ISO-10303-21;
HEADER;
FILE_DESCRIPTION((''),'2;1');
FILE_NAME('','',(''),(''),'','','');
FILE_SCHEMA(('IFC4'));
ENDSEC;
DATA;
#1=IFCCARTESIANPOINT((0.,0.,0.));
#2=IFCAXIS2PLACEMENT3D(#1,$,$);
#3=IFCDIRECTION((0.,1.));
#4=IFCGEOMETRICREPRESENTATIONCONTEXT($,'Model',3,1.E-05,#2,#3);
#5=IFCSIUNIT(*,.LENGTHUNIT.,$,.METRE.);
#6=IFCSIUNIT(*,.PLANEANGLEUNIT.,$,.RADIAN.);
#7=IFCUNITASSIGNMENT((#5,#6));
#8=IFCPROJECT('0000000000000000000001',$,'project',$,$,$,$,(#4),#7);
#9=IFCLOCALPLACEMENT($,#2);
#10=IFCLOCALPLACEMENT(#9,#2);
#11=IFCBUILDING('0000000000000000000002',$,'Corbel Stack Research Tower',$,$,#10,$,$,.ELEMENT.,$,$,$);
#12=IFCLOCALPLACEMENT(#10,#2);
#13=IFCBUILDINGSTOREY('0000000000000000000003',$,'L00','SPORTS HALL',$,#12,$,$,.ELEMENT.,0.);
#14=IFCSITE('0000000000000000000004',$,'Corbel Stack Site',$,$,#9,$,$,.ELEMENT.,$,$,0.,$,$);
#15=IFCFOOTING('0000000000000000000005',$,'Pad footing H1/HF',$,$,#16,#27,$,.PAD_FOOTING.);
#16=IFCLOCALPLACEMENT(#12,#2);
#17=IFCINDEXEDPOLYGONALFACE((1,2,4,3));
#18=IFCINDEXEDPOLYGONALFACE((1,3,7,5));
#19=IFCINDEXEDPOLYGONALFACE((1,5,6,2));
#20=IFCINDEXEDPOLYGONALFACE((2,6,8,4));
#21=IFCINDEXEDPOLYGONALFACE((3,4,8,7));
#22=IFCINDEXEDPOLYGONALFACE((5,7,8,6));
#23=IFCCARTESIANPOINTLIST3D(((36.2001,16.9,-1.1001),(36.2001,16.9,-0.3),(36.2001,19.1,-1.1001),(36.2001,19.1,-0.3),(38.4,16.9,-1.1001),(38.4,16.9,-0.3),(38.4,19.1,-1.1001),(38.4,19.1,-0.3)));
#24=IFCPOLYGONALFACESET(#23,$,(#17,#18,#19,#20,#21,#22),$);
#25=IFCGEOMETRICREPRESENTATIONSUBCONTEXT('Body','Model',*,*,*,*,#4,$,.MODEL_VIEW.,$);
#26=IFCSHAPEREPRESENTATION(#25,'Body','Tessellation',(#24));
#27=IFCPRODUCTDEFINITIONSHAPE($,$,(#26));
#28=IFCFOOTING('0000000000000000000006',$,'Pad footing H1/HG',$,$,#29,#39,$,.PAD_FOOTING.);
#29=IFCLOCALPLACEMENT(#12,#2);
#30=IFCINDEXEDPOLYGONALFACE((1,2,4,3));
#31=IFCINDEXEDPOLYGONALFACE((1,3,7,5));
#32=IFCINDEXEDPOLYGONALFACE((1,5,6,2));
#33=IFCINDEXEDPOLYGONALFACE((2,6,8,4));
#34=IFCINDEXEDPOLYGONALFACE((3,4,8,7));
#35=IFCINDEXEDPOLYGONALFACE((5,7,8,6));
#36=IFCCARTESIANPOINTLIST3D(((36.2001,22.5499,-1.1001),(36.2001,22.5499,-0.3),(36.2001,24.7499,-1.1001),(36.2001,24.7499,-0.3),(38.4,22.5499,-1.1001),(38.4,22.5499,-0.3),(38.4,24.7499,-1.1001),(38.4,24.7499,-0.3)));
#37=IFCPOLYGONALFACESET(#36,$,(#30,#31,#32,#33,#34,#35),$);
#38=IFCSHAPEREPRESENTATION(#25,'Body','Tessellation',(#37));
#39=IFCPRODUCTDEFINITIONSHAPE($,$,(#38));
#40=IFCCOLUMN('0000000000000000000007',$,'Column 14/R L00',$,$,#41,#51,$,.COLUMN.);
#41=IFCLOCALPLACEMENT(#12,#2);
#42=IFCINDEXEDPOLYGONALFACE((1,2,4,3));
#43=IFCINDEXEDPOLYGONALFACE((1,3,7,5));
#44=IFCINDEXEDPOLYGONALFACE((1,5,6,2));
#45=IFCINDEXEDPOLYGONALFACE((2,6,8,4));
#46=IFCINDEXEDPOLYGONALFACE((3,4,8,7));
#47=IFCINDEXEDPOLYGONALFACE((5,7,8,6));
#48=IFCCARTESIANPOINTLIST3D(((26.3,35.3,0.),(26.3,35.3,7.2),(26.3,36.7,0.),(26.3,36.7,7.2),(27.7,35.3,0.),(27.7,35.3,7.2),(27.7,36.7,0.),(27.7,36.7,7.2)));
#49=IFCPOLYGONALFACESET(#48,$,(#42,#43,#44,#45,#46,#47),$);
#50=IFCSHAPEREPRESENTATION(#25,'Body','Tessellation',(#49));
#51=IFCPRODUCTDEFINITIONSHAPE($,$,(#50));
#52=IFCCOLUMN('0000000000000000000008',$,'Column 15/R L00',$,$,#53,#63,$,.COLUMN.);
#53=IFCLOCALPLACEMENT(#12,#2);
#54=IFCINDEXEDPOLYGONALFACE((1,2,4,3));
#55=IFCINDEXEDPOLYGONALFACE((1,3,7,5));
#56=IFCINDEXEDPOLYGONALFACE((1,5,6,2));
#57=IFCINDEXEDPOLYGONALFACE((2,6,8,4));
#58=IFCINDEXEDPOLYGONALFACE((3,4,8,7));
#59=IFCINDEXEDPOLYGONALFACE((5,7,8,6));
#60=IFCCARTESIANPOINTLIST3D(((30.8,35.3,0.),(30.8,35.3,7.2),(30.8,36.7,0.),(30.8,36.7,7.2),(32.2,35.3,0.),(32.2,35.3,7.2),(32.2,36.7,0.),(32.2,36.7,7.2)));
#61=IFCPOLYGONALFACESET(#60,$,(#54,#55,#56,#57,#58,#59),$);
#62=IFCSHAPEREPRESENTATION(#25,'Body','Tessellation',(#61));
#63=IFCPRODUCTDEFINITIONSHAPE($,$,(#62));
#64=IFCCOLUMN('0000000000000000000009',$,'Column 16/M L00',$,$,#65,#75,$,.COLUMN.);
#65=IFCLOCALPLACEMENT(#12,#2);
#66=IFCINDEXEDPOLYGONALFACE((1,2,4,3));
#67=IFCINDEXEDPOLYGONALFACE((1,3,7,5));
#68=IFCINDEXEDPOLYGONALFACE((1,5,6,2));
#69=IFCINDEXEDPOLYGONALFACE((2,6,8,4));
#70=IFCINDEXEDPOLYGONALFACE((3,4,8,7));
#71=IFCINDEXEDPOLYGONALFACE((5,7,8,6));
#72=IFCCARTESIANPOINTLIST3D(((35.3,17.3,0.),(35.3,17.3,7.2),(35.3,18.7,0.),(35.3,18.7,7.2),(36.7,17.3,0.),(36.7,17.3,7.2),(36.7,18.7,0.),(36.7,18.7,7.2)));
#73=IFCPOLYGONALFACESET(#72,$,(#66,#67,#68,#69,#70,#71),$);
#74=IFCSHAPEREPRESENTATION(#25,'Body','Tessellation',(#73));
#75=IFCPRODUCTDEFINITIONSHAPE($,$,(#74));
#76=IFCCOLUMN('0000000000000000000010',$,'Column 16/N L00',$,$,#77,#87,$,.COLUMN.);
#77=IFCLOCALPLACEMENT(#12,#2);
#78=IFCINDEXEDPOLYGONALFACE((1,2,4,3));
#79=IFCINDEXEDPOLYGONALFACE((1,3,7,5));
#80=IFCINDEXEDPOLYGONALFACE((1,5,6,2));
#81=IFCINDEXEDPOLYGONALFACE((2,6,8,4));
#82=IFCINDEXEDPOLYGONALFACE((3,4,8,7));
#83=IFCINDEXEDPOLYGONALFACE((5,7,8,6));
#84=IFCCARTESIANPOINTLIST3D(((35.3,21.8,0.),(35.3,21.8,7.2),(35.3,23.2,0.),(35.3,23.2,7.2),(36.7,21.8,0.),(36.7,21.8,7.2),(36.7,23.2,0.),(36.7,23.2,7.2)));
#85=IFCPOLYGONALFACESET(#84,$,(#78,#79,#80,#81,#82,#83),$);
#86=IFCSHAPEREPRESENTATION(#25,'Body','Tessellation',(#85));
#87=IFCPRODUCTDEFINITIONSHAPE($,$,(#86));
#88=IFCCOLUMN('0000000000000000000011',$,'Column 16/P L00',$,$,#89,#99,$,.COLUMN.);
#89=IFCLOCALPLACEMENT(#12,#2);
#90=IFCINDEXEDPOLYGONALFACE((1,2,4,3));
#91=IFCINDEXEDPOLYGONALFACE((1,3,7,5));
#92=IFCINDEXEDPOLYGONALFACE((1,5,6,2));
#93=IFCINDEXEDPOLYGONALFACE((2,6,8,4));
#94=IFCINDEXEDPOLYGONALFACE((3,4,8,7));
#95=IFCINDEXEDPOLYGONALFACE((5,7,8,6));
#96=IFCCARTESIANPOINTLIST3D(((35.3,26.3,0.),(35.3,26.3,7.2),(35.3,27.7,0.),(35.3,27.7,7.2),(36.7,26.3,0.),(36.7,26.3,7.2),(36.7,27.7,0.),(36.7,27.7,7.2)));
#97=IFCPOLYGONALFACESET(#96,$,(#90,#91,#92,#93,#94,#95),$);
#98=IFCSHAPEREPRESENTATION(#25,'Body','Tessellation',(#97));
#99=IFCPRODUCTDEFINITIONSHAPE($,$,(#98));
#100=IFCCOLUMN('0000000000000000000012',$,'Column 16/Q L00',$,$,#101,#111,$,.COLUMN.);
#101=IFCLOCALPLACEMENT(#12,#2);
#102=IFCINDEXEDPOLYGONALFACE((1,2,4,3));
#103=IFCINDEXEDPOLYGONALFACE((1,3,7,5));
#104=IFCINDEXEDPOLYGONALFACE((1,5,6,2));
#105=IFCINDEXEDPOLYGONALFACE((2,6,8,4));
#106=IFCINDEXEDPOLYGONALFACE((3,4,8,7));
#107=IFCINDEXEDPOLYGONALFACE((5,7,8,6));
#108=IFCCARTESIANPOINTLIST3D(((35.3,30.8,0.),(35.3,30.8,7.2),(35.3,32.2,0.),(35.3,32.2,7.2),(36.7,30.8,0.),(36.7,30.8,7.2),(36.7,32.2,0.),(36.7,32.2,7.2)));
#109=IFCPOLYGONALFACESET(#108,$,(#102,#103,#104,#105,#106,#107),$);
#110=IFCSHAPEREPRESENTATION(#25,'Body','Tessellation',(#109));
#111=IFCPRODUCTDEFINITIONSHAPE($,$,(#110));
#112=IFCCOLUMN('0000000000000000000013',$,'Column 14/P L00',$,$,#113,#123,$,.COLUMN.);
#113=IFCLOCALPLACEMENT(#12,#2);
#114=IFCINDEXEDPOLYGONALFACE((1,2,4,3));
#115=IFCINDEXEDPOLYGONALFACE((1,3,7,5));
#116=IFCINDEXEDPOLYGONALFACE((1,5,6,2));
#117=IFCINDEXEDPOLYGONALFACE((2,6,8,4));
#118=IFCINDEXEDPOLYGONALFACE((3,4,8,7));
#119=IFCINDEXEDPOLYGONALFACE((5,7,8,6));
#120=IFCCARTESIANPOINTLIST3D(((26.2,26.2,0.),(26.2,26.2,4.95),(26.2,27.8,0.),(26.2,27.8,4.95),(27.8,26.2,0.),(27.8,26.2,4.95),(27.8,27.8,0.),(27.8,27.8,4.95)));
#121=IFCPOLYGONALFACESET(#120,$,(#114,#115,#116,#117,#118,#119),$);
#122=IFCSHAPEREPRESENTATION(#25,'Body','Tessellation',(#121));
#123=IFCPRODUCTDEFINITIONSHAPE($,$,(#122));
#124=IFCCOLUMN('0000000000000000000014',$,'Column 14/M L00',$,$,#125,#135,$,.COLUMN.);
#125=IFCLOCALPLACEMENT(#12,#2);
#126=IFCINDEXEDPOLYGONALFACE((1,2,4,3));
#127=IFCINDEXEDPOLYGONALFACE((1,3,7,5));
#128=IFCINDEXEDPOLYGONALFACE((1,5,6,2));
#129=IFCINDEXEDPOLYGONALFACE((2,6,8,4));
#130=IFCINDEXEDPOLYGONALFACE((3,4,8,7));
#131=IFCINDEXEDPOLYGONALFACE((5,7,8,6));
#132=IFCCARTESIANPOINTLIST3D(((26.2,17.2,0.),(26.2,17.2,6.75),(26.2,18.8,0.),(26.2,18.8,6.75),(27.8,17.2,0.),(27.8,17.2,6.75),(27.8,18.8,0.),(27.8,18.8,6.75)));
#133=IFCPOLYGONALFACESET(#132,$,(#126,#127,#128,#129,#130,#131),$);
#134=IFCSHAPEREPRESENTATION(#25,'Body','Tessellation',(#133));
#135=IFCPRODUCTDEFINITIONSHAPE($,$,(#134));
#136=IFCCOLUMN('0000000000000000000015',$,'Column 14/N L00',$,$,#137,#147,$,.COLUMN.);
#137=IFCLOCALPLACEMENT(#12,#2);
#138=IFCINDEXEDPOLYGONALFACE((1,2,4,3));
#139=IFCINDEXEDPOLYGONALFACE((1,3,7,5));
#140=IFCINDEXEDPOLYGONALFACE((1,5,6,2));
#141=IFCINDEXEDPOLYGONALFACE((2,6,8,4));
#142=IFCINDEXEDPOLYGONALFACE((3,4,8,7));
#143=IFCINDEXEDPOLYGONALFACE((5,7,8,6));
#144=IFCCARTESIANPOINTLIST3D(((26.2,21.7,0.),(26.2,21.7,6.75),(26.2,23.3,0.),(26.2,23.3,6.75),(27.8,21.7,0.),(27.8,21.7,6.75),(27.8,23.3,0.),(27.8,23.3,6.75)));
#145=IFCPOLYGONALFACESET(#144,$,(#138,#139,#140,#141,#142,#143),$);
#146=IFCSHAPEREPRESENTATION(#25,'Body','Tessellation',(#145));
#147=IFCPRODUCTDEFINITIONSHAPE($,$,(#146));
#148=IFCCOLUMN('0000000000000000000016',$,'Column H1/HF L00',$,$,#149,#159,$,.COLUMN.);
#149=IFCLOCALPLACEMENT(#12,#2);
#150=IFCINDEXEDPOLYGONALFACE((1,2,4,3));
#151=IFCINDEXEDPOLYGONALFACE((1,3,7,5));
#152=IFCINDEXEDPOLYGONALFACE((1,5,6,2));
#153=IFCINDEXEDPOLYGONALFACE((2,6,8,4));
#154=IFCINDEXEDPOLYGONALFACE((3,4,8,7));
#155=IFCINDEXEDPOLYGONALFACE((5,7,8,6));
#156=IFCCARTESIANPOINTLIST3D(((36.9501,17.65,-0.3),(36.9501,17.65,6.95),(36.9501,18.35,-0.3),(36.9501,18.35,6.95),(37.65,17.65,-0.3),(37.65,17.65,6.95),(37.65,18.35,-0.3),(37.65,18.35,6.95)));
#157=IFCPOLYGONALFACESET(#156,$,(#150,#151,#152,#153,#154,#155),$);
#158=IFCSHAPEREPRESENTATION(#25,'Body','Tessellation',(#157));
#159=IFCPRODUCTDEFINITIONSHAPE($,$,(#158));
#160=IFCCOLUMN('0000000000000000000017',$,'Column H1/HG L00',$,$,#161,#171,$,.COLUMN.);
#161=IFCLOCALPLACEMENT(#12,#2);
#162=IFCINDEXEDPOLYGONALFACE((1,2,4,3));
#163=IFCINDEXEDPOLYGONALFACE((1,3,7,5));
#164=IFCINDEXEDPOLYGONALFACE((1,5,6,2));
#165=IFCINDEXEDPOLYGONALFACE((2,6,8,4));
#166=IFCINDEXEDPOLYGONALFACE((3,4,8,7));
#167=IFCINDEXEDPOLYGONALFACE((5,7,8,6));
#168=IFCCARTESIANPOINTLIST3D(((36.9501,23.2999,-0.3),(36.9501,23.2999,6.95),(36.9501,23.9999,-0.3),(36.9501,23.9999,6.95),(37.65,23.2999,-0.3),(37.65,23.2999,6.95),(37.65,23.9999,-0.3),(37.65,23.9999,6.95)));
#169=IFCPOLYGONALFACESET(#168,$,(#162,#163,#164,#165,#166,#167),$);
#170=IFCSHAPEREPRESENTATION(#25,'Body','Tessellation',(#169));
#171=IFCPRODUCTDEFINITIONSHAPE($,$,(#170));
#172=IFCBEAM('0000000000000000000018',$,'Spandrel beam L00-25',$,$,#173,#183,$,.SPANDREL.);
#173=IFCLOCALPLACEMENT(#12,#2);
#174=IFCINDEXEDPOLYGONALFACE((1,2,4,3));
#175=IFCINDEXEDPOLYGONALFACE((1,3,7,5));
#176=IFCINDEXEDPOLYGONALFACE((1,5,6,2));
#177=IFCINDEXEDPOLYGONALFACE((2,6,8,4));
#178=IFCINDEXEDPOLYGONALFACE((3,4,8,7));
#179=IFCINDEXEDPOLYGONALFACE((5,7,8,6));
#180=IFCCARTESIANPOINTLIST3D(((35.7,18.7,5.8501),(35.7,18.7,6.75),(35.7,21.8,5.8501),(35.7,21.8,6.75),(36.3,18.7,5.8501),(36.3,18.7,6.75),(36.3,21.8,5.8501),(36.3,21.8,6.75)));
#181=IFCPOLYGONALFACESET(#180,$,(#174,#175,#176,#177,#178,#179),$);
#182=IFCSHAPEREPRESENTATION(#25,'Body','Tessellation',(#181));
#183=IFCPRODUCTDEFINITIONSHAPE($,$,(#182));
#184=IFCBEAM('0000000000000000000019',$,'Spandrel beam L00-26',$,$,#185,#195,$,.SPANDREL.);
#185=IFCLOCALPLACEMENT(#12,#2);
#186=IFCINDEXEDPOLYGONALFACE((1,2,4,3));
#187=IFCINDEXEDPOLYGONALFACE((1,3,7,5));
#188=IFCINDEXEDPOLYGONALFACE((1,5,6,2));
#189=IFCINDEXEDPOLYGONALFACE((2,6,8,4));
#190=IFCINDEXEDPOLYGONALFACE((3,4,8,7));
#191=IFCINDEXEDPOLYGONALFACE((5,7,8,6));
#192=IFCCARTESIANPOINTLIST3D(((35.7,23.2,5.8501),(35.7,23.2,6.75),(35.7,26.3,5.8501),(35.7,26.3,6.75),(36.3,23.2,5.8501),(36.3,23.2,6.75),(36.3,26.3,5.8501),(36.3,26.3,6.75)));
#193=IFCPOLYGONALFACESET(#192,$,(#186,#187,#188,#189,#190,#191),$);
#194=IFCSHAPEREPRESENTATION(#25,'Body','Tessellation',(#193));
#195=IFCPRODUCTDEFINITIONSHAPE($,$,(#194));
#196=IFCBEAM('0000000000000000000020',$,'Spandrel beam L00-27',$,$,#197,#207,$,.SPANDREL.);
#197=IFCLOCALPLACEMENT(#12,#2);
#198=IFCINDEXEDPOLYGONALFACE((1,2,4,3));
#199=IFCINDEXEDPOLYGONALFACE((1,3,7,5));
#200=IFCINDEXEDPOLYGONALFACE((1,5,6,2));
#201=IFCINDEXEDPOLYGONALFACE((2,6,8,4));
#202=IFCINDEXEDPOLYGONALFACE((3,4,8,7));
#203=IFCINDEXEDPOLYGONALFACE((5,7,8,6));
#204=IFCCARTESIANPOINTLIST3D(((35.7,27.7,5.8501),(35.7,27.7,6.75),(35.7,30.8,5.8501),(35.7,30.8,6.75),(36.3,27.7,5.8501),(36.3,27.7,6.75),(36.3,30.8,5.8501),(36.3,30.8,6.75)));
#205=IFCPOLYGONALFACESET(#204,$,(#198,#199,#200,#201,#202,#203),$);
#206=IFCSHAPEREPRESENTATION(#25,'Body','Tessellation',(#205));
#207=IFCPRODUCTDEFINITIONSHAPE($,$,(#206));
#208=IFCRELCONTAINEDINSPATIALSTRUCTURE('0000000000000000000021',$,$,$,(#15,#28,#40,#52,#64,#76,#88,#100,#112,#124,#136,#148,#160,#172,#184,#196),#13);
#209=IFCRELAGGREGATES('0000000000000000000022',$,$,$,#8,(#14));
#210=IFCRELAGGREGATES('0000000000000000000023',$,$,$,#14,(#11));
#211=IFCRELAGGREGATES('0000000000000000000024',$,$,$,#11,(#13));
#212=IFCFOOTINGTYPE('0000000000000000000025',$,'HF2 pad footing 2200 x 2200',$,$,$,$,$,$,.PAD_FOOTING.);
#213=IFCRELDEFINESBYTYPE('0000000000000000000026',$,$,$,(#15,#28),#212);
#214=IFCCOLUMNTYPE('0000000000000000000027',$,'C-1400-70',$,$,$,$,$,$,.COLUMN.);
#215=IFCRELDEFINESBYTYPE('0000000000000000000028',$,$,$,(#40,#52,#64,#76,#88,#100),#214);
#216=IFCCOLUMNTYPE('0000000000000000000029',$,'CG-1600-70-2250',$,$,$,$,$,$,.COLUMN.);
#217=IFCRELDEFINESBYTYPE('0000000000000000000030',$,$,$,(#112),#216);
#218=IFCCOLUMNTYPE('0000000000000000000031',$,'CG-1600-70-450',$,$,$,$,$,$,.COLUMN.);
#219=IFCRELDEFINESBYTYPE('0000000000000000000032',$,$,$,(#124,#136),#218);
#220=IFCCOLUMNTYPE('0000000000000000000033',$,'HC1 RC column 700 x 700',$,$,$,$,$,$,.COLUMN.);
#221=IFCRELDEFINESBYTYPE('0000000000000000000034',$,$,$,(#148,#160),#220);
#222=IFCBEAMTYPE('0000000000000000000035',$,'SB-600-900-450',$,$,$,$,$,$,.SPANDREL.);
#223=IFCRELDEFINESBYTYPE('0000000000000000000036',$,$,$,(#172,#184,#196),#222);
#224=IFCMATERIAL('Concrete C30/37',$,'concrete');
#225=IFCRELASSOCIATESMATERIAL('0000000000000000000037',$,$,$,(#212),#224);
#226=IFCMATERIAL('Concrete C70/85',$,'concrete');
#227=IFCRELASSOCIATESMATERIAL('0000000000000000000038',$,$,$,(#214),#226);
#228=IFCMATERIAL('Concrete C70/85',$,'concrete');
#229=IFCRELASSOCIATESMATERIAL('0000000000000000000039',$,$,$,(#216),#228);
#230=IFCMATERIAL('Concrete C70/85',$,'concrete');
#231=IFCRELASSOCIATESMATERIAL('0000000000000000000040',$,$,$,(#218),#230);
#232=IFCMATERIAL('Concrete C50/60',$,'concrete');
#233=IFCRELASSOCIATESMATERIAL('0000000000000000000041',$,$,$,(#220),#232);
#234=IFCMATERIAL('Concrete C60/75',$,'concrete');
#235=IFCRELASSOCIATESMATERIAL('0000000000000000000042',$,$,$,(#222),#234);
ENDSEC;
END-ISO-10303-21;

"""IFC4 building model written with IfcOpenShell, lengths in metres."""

from ifc_helpers import new_model, si_unit, direction, frame, origin, origin_2d, place, context, subcontext, project, spatial, rectangle, extrude, material, material_profile, profile_set, type_object, element, save


model = new_model("IFC4")

# Units and contexts
model_context = context("Model", 3, precision=1e-05, world=origin(), true_north=direction((0.0, 1.0)))
body_context = subcontext(model_context, "Body", "Model", "MODEL_VIEW")
ifc_project = project(units=[si_unit("LENGTHUNIT", "METRE"), si_unit("PLANEANGLEUNIT", "RADIAN")], contexts=[model_context])

# Site, building, storey
site_placement = place(None, origin())
site = spatial("IfcSite", under=ifc_project, at=site_placement, Name="Corbel Stack Site", CompositionType="ELEMENT", RefElevation=0.0)
building_placement = place(site_placement, origin())
building = spatial("IfcBuilding", under=site, at=building_placement, Name="Corbel Stack Research Tower", CompositionType="ELEMENT")
storey_placement = place(building_placement, origin())
storey = spatial("IfcBuildingStorey", under=building, at=storey_placement, Name="L00", Description="SPORTS HALL", CompositionType="ELEMENT", Elevation=0.0)

# Footings
ifc_material_1 = material(Name="Concrete C30/37", Category="concrete")
footing_type = type_object("IfcFootingType", Name="HF2 pad footing 2200 x 2200", PredefinedType="PAD_FOOTING", material=ifc_material_1)
for number, where, z_axis, x_axis, name in (
    (1, (37.3, 18.0, -1.1001), (0.0, 0.0, 1.0), (1.0, 0.0, 0.0), "Pad footing H1/HF"),
    (2, (37.3, 23.6499, -1.1001), (0.0, 0.0, 1.0), (1.0, 0.0, 0.0), "Pad footing H1/HG"),
):
    element("IfcFooting", number, at=place(storey_placement, frame(where, z_axis=z_axis, x_axis=x_axis)), inside=storey, type_object=footing_type, Name=name, PredefinedType="PAD_FOOTING", context=body_context, shape_type="SweptSolid", body=[
        extrude(rectangle(XDim=2.2, YDim=2.2, at=origin_2d()), origin(), (0.0, 0.0, 1.0), 0.8),
    ])

# Columns
ifc_material_2 = material(Name="Concrete C70/85", Category="concrete")
ifc_material_profile_1 = material_profile(ifc_material_2, rectangle(XDim=1.3999, YDim=1.3999, at=origin_2d()), Name="RC 1400 x 1400")
ifc_profile_set_1 = profile_set([ifc_material_profile_1], Name="Concrete C70/85")
column_type_1 = type_object("IfcColumnType", Name="C-1400-70", PredefinedType="COLUMN", material=ifc_profile_set_1)
for number, where, z_axis, x_axis, name in (
    (3, (27.0, 36.0, 0.0), (0.0, 0.0, 1.0), (1.0, 0.0, 0.0), "Column 14/R L00"),
    (4, (31.5, 36.0, 0.0), (0.0, 0.0, 1.0), (1.0, 0.0, 0.0), "Column 15/R L00"),
    (5, (36.0, 18.0, 0.0), (0.0, 0.0, 1.0), (1.0, 0.0, 0.0), "Column 16/M L00"),
    (6, (36.0, 22.5, 0.0), (0.0, 0.0, 1.0), (1.0, 0.0, 0.0), "Column 16/N L00"),
    (7, (36.0, 27.0, 0.0), (0.0, 0.0, 1.0), (1.0, 0.0, 0.0), "Column 16/P L00"),
    (8, (36.0, 31.5, 0.0), (0.0, 0.0, 1.0), (1.0, 0.0, 0.0), "Column 16/Q L00"),
):
    element("IfcColumn", number, at=place(storey_placement, frame(where, z_axis=z_axis, x_axis=x_axis)), inside=storey, type_object=column_type_1, Name=name, PredefinedType="COLUMN", context=body_context, shape_type="SweptSolid", body=[
        extrude(rectangle(XDim=1.3999, YDim=1.3999, at=origin_2d()), origin(), (0.0, 0.0, 1.0), 7.2),
    ])
ifc_material_3 = material(Name="Concrete C70/85", Category="concrete")
ifc_material_profile_2 = material_profile(ifc_material_3, rectangle(XDim=1.6001, YDim=1.6001, at=origin_2d()), Name="RC 1600 x 1600")
ifc_profile_set_2 = profile_set([ifc_material_profile_2], Name="Concrete C70/85")
column_type_2 = type_object("IfcColumnType", Name="CG-1600-70-2250", PredefinedType="COLUMN", material=ifc_profile_set_2)
column_placement = place(storey_placement, frame((27.0, 27.0, 0.0), z_axis=(0.0, 0.0, 1.0), x_axis=(1.0, 0.0, 0.0)))
element("IfcColumn", 9, at=column_placement, inside=storey, type_object=column_type_2, Name="Column 14/P L00", PredefinedType="COLUMN", context=body_context, shape_type="SweptSolid", body=[
    extrude(rectangle(XDim=1.6001, YDim=1.6001, at=origin_2d()), origin(), (0.0, 0.0, 1.0), 4.95),
])
ifc_material_4 = material(Name="Concrete C70/85", Category="concrete")
ifc_material_profile_3 = material_profile(ifc_material_4, rectangle(XDim=1.6001, YDim=1.6001, at=origin_2d()), Name="RC 1600 x 1600")
ifc_profile_set_3 = profile_set([ifc_material_profile_3], Name="Concrete C70/85")
column_type_3 = type_object("IfcColumnType", Name="CG-1600-70-450", PredefinedType="COLUMN", material=ifc_profile_set_3)
for number, where, z_axis, x_axis, name in (
    (10, (27.0, 18.0, 0.0), (0.0, 0.0, 1.0), (1.0, 0.0, 0.0), "Column 14/M L00"),
    (11, (27.0, 22.5, 0.0), (0.0, 0.0, 1.0), (1.0, 0.0, 0.0), "Column 14/N L00"),
):
    element("IfcColumn", number, at=place(storey_placement, frame(where, z_axis=z_axis, x_axis=x_axis)), inside=storey, type_object=column_type_3, Name=name, PredefinedType="COLUMN", context=body_context, shape_type="SweptSolid", body=[
        extrude(rectangle(XDim=1.6001, YDim=1.6001, at=origin_2d()), origin(), (0.0, 0.0, 1.0), 6.75),
    ])
ifc_material_5 = material(Name="Concrete C50/60", Category="concrete")
ifc_material_profile_4 = material_profile(ifc_material_5, rectangle(XDim=0.7, YDim=0.7, at=origin_2d()), Name="RC 700 x 700")
ifc_profile_set_4 = profile_set([ifc_material_profile_4], Name="Concrete C50/60")
column_type_4 = type_object("IfcColumnType", Name="HC1 RC column 700 x 700", PredefinedType="COLUMN", material=ifc_profile_set_4)
for number, where, z_axis, x_axis, name in (
    (12, (37.3, 18.0, -0.3), (0.0, 0.0, 1.0), (1.0, 0.0, 0.0), "Column H1/HF L00"),
    (13, (37.3, 23.6499, -0.3), (0.0, 0.0, 1.0), (1.0, 0.0, 0.0), "Column H1/HG L00"),
):
    element("IfcColumn", number, at=place(storey_placement, frame(where, z_axis=z_axis, x_axis=x_axis)), inside=storey, type_object=column_type_4, Name=name, PredefinedType="COLUMN", context=body_context, shape_type="SweptSolid", body=[
        extrude(rectangle(XDim=0.7, YDim=0.7, at=origin_2d()), origin(), (0.0, 0.0, 1.0), 7.25),
    ])

# Beams
ifc_material_6 = material(Name="Concrete C60/75", Category="concrete")
ifc_material_profile_5 = material_profile(ifc_material_6, rectangle(XDim=0.6001, YDim=0.8999, at=origin_2d()), Name="RC 600 x 900")
ifc_profile_set_5 = profile_set([ifc_material_profile_5], Name="Concrete C60/75")
beam_type_1 = type_object("IfcBeamType", Name="SB-600-900-450", PredefinedType="SPANDREL", material=ifc_profile_set_5)
for number, where, z_axis, x_axis, name in (
    (14, (36.0, 18.7, 6.3), (0.0, 1.0, 0.0), (-1.0, 0.0, 0.0), "Spandrel beam L00-25"),
    (15, (36.0, 23.2, 6.3), (0.0, 1.0, 0.0), (-1.0, 0.0, 0.0), "Spandrel beam L00-26"),
    (16, (36.0, 27.7, 6.3), (0.0, 1.0, 0.0), (-1.0, 0.0, 0.0), "Spandrel beam L00-27"),
):
    element("IfcBeam", number, at=place(storey_placement, frame(where, z_axis=z_axis, x_axis=x_axis)), inside=storey, type_object=beam_type_1, Name=name, PredefinedType="SPANDREL", context=body_context, shape_type="SweptSolid", body=[
        extrude(rectangle(XDim=0.6001, YDim=0.8999, at=origin_2d()), origin(), (0.0, 0.0, 1.0), 3.1001),
    ])

save(model, "model.ifc")
